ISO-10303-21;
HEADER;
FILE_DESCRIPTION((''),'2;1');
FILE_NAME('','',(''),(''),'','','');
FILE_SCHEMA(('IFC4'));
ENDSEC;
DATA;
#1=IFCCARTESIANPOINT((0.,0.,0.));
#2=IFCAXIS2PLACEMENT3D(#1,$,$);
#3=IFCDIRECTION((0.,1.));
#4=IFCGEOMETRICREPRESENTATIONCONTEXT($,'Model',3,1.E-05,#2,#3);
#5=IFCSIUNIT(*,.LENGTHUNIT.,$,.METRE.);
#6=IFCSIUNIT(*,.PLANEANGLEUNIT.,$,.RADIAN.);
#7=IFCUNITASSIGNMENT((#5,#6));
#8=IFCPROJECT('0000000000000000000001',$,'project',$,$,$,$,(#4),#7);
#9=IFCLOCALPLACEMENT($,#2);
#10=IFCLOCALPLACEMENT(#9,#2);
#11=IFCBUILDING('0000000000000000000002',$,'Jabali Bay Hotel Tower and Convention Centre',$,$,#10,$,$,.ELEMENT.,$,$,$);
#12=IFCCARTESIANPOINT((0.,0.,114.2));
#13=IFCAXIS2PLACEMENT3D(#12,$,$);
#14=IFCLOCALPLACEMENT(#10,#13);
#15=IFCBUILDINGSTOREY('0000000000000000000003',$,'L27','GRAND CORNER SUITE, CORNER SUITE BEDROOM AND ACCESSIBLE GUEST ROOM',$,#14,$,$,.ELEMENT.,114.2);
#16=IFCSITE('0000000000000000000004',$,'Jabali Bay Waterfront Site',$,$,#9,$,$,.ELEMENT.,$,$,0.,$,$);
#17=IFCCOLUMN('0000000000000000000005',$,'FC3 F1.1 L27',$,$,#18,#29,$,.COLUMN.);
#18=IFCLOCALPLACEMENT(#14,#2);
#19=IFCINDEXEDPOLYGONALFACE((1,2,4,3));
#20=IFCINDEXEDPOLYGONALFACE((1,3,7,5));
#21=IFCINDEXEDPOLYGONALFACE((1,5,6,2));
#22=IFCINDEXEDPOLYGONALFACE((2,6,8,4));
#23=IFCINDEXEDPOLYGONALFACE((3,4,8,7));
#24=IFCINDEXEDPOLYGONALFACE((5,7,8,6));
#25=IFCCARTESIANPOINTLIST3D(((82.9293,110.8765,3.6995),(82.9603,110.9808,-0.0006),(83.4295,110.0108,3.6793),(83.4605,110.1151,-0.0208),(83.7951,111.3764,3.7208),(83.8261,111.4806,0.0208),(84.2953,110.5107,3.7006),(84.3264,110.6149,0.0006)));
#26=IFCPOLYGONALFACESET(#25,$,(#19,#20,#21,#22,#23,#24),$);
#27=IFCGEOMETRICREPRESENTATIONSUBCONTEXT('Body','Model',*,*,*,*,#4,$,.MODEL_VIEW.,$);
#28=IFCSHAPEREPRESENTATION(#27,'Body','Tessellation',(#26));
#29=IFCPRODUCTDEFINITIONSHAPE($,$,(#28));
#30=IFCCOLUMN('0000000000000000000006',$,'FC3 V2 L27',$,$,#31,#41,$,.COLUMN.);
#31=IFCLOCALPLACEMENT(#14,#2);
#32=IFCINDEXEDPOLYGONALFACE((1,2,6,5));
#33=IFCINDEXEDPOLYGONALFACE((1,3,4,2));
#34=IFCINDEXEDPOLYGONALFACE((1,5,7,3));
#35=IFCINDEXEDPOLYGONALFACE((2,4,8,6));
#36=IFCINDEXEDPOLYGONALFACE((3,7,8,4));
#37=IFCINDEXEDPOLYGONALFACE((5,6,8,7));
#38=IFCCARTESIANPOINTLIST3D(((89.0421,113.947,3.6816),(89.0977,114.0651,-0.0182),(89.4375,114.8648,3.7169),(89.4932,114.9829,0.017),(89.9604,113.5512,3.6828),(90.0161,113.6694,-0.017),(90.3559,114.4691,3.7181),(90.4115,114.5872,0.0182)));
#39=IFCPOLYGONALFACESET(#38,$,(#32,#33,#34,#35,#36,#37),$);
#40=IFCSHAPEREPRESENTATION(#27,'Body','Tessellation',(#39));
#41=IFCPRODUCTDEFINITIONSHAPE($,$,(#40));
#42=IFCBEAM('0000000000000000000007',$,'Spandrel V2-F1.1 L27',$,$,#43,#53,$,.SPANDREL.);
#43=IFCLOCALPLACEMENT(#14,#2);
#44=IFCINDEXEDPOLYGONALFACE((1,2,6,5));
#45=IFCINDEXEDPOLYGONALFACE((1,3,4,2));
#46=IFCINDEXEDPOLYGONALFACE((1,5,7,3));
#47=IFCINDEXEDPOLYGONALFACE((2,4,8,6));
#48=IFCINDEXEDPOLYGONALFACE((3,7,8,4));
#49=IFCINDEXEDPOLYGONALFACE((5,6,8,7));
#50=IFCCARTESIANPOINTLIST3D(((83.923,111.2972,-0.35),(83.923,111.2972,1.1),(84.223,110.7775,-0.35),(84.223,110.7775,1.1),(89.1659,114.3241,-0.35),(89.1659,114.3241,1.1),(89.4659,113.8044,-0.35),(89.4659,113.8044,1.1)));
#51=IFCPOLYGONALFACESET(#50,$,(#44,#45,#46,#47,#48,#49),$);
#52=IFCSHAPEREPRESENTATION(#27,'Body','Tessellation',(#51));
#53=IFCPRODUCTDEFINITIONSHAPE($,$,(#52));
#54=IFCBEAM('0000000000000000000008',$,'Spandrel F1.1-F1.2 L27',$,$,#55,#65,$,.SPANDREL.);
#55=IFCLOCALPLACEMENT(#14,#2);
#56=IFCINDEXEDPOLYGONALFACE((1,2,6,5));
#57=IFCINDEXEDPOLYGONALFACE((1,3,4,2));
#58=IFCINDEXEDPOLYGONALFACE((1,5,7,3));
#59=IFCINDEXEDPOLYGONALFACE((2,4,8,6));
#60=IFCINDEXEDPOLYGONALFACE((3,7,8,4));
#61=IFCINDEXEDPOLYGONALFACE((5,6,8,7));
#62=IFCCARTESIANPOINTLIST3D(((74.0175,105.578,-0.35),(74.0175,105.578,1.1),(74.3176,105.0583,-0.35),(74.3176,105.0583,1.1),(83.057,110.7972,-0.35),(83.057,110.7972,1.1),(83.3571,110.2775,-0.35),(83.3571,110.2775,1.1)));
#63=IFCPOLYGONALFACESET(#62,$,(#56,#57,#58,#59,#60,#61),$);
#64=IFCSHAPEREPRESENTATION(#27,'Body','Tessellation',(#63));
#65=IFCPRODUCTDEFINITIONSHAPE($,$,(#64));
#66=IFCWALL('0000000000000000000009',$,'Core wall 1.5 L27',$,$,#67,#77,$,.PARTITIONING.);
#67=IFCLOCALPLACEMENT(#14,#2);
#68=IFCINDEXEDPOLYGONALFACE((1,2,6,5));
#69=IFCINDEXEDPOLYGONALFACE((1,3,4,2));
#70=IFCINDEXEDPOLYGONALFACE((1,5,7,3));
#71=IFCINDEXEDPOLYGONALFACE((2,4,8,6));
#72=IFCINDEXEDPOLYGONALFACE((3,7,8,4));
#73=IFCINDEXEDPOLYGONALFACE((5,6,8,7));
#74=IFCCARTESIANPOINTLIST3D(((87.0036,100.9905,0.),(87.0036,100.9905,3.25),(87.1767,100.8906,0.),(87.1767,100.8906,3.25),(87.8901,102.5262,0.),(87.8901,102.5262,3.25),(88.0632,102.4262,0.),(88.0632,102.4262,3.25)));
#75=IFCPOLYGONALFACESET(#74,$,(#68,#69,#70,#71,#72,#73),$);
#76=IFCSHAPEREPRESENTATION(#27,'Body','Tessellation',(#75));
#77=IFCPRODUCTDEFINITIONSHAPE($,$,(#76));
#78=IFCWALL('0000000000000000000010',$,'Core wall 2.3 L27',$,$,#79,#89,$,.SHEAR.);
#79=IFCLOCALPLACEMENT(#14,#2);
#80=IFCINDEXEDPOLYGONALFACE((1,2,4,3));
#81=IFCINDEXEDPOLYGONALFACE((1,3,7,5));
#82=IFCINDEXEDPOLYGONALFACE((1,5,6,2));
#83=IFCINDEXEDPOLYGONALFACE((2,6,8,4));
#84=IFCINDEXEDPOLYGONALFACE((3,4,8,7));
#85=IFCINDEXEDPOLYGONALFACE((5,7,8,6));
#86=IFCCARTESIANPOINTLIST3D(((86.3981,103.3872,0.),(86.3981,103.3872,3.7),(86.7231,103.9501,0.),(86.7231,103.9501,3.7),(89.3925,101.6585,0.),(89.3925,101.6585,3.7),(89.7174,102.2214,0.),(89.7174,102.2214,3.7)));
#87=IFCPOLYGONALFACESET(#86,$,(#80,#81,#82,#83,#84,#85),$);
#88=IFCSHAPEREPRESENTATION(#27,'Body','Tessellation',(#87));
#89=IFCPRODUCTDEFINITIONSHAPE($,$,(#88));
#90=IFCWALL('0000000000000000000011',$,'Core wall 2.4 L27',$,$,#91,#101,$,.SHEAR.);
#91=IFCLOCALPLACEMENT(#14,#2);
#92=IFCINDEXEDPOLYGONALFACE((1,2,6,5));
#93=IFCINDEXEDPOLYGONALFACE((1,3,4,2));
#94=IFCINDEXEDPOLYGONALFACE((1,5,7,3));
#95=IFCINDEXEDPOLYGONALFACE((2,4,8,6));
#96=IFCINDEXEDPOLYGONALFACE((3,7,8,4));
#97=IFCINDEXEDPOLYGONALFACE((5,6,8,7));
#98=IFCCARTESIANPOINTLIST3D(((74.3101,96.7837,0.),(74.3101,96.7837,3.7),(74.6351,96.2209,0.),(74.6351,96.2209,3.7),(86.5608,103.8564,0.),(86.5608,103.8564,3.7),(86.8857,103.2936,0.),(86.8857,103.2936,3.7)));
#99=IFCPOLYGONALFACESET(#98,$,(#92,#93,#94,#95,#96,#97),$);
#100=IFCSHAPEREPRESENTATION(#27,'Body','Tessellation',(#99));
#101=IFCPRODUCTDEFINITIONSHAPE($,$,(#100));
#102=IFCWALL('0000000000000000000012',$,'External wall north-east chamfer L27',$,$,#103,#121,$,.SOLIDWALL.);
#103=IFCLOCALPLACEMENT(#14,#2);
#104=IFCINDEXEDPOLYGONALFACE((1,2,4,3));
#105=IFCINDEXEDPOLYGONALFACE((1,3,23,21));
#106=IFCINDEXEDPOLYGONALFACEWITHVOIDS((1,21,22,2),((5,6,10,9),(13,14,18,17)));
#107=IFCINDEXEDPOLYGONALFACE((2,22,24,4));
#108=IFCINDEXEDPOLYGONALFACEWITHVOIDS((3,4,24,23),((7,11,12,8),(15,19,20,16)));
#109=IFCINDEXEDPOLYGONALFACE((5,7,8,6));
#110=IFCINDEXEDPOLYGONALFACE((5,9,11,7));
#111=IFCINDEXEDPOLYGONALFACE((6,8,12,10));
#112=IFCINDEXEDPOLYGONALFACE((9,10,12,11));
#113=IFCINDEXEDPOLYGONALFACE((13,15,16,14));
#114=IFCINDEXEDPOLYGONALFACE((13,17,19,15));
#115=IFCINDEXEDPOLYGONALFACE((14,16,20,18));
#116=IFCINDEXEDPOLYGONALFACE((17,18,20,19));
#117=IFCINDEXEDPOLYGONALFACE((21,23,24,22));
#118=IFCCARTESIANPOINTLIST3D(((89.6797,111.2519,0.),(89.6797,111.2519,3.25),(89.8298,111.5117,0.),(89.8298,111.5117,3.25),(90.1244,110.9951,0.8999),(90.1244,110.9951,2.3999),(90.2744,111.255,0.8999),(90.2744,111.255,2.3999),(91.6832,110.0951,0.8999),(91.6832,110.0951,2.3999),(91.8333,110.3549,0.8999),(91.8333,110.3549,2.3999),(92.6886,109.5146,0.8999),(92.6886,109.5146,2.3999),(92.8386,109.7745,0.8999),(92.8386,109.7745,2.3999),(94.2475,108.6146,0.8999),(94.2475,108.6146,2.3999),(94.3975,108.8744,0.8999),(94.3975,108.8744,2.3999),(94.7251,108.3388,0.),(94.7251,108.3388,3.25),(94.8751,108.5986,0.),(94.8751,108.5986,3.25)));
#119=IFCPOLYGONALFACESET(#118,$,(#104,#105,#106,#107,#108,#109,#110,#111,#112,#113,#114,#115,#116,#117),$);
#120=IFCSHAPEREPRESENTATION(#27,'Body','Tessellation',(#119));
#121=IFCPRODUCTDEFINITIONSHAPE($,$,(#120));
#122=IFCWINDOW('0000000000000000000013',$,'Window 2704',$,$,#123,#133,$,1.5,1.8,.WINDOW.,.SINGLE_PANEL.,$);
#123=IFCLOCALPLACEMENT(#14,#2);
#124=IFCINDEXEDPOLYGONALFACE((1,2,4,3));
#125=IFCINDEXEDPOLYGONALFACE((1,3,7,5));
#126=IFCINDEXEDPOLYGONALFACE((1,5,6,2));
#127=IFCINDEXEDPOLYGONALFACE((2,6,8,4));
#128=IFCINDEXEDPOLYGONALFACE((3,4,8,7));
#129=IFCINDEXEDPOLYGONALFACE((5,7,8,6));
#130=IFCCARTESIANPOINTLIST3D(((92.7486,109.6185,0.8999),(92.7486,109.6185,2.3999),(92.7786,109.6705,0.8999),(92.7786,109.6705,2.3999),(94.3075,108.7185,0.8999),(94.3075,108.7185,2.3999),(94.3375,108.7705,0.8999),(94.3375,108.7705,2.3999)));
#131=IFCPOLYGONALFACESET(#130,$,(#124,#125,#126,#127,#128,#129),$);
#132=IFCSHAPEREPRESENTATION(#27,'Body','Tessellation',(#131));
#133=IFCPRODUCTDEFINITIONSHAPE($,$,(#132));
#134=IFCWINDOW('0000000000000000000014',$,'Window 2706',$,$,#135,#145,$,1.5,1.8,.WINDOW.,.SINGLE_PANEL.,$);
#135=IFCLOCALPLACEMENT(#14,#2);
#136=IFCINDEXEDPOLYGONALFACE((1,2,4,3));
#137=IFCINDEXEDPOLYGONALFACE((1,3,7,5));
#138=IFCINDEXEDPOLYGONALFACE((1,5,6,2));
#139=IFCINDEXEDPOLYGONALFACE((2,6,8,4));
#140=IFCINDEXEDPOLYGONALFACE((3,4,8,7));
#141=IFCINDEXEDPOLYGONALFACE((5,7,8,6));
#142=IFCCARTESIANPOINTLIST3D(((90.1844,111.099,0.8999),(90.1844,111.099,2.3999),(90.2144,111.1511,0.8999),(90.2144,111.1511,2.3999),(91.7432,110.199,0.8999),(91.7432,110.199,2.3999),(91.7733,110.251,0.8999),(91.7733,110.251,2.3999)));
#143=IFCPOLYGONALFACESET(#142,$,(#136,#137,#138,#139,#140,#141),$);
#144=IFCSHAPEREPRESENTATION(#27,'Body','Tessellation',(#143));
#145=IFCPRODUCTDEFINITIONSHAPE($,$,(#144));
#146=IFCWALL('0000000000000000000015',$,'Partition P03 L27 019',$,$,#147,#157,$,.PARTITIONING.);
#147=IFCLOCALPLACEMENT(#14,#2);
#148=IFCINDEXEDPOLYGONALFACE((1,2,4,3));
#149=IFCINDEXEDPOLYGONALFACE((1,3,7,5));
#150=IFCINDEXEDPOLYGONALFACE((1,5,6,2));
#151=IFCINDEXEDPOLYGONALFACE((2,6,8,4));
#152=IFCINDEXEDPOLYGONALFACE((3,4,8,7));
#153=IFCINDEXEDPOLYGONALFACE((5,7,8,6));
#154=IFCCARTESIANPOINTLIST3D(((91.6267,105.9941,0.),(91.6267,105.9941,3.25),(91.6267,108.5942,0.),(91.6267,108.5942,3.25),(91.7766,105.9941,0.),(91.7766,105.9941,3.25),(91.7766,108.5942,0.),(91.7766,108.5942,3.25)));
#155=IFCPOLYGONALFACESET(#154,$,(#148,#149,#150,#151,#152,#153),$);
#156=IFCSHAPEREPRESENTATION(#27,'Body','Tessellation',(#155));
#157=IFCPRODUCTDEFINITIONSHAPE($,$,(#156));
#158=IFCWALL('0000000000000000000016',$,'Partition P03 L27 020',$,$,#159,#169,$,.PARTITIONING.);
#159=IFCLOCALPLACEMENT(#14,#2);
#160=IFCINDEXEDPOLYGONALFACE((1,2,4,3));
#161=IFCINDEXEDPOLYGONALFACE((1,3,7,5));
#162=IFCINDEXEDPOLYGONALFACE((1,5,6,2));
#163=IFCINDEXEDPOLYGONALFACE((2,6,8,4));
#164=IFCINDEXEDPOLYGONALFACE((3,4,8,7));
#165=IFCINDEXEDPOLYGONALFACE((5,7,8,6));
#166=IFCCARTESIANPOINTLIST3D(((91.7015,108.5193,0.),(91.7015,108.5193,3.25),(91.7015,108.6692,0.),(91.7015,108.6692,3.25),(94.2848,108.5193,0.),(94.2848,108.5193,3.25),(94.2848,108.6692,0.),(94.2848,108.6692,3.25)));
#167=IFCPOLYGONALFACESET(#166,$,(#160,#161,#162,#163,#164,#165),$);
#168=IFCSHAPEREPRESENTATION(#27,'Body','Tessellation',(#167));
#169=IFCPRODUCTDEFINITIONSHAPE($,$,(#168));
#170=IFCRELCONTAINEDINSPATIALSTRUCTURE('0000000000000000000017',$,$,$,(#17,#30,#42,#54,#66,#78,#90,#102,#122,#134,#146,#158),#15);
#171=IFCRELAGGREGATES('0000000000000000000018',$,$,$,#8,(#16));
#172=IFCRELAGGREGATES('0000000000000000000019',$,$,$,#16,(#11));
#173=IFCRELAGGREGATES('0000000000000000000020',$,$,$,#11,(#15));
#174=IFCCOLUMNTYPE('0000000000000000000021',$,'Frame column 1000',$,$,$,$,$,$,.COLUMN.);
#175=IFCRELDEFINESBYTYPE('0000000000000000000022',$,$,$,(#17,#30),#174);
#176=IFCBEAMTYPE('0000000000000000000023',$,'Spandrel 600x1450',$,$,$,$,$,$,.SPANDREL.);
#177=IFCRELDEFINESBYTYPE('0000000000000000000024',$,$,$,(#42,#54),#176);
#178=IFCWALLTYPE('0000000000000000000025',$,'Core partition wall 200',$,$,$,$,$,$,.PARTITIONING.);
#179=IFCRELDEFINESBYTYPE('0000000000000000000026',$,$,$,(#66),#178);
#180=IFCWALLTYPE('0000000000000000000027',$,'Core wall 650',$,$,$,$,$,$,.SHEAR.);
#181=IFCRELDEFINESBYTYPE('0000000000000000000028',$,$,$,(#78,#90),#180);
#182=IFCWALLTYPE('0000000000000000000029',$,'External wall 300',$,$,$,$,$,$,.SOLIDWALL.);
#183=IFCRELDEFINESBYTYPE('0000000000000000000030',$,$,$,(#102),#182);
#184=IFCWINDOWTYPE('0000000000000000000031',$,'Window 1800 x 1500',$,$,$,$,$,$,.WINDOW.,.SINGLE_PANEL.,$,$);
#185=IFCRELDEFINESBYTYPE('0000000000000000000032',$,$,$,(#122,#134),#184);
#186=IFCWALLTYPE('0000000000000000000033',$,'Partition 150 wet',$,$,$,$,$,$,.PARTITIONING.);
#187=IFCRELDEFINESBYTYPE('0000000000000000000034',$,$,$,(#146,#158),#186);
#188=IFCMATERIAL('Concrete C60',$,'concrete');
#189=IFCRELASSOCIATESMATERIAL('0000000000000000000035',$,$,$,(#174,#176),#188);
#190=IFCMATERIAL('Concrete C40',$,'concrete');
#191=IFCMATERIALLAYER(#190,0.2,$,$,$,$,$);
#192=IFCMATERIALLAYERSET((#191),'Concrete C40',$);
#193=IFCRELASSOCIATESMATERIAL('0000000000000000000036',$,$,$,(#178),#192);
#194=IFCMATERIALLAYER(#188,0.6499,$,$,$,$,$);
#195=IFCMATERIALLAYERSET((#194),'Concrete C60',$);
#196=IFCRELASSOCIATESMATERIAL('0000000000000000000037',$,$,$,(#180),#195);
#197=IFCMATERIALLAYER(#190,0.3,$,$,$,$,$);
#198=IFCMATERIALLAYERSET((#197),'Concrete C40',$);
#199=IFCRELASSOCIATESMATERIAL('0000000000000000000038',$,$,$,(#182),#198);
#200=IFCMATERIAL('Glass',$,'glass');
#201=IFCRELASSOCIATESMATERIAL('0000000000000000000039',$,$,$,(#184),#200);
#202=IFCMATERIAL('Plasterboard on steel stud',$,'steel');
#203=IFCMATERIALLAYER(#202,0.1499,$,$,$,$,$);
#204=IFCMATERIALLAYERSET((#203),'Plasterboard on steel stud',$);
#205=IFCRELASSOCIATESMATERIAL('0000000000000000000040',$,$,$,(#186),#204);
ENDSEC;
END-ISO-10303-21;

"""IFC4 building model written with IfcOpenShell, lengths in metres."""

from ifc_helpers import new_model, si_unit, direction, frame, frame_2d, origin, origin_2d, place, context, subcontext, project, spatial, rectangle, extrude, material, layer, layer_set, material_profile, profile_set, type_object, element, fill, save


model = new_model("IFC4")

# Units and contexts
model_context = context("Model", 3, precision=1e-05, world=origin(), true_north=direction((0.0, 1.0)))
body_context = subcontext(model_context, "Body", "Model", "MODEL_VIEW")
ifc_project = project(units=[si_unit("LENGTHUNIT", "METRE"), si_unit("PLANEANGLEUNIT", "RADIAN")], contexts=[model_context])

# Site, building, storey
site_placement = place(None, origin())
site = spatial("IfcSite", under=ifc_project, at=site_placement, Name="Jabali Bay Waterfront Site", CompositionType="ELEMENT", RefElevation=0.0)
building_placement = place(site_placement, origin())
building = spatial("IfcBuilding", under=site, at=building_placement, Name="Jabali Bay Hotel Tower and Convention Centre", CompositionType="ELEMENT")
storey_placement = place(building_placement, frame((0.0, 0.0, 114.2)))
storey = spatial("IfcBuildingStorey", under=building, at=storey_placement, Name="L27", Description="GRAND CORNER SUITE, CORNER SUITE BEDROOM AND ACCESSIBLE GUEST ROOM", CompositionType="ELEMENT", Elevation=114.2)

# Columns
ifc_material_1 = material(Name="Concrete C60", Category="concrete")
ifc_material_profile_1 = material_profile(ifc_material_1, rectangle(XDim=1.0, YDim=1.0, at=origin_2d()), Name="Frame column 1000")
ifc_profile_set_1 = profile_set([ifc_material_profile_1], Name="Concrete C60")
column_type = type_object("IfcColumnType", Name="Frame column 1000", PredefinedType="COLUMN", material=ifc_profile_set_1)
column_1_placement = place(storey_placement, frame((83.6433, 110.7979, 0.0), z_axis=(-0.008376, -0.028163, 0.999568), x_axis=(0.865851, 0.499847, 0.021339)))
element("IfcColumn", 1, at=column_1_placement, inside=storey, type_object=column_type, Name="FC3 F1.1 L27", PredefinedType="COLUMN", context=body_context, shape_type="SweptSolid", body=[
    extrude(rectangle(XDim=1.0, YDim=1.0, at=origin_2d()), origin(), (0.0, 0.0, 1.0), 3.7017),
])
column_2_placement = place(storey_placement, frame((89.7546, 114.3262, 0.0), z_axis=(-0.015035, -0.031917, 0.999377), x_axis=(0.918371, -0.395719, 0.001179)))
element("IfcColumn", 2, at=column_2_placement, inside=storey, type_object=column_type, Name="FC3 V2 L27", PredefinedType="COLUMN", context=body_context, shape_type="SweptSolid", body=[
    extrude(rectangle(XDim=1.0, YDim=1.0, at=origin_2d()), origin(), (0.0, 0.0, 1.0), 3.7021),
])

# Beams
ifc_material_profile_2 = material_profile(ifc_material_1, rectangle(XDim=0.6001, YDim=1.45, at=origin_2d()), Name="Spandrel 600x1450")
ifc_profile_set_2 = profile_set([ifc_material_profile_2], Name="Concrete C60")
beam_type = type_object("IfcBeamType", Name="Spandrel 600x1450", PredefinedType="SPANDREL", material=ifc_profile_set_2)
beam_1_placement = place(storey_placement, frame((89.3159, 114.0642, 0.375), z_axis=(-0.866036, -0.499982, 0.0), x_axis=(0.499982, -0.866036, 0.0)))
element("IfcBeam", 3, at=beam_1_placement, inside=storey, type_object=beam_type, Name="Spandrel V2-F1.1 L27", PredefinedType="SPANDREL", context=body_context, shape_type="SweptSolid", body=[
    extrude(rectangle(XDim=0.6001, YDim=1.45, at=origin_2d()), origin(), (0.0, 0.0, 1.0), 6.054),
])
beam_2_placement = place(storey_placement, frame((83.207, 110.5374, 0.375), z_axis=(-0.866015, -0.500018, 0.0), x_axis=(0.500018, -0.866015, 0.0)))
element("IfcBeam", 4, at=beam_2_placement, inside=storey, type_object=beam_type, Name="Spandrel F1.1-F1.2 L27", PredefinedType="SPANDREL", context=body_context, shape_type="SweptSolid", body=[
    extrude(rectangle(XDim=0.6001, YDim=1.45, at=origin_2d()), origin(), (0.0, 0.0, 1.0), 10.438),
])

# Walls
ifc_material_2 = material(Name="Concrete C40", Category="concrete")
ifc_layer_1 = layer(ifc_material_2, 0.2)
ifc_layer_set_1 = layer_set([ifc_layer_1], Name="Concrete C40")
wall_type_1 = type_object("IfcWallType", Name="Core partition wall 200", PredefinedType="PARTITIONING", material=ifc_layer_set_1)
wall_1_placement = place(storey_placement, frame((87.0901, 100.9404, 0.0), z_axis=(0.0, 0.0, 1.0), x_axis=(0.499945, 0.866057, 0.0)))
element("IfcWall", 5, at=wall_1_placement, inside=storey, type_object=wall_type_1, Name="Core wall 1.5 L27", PredefinedType="PARTITIONING", context=body_context, shape_type="SweptSolid", body=[
    extrude(rectangle(XDim=1.7732, YDim=0.2, at=frame_2d((0.8867, 0.0))), origin(), (0.0, 0.0, 1.0), 3.25),
])
ifc_layer_2 = layer(ifc_material_1, 0.6499)
ifc_layer_set_2 = layer_set([ifc_layer_2], Name="Concrete C60")
wall_type_2 = type_object("IfcWallType", Name="Core wall 650", PredefinedType="SHEAR", material=ifc_layer_set_2)
wall_2_placement = place(storey_placement, frame((89.5549, 101.9399, 0.0), z_axis=(0.0, 0.0, 1.0), x_axis=(-0.866032, 0.499989, 0.0)))
element("IfcWall", 6, at=wall_2_placement, inside=storey, type_object=wall_type_2, Name="Core wall 2.3 L27", PredefinedType="SHEAR", context=body_context, shape_type="SweptSolid", body=[
    extrude(rectangle(XDim=3.4575, YDim=0.6499, at=frame_2d((1.7288, 0.0))), origin(), (0.0, 0.0, 1.0), 3.7),
])
wall_3_placement = place(storey_placement, frame((86.7231, 103.575, 0.0), z_axis=(0.0, 0.0, 1.0), x_axis=(-0.866032, -0.499989, 0.0)))
element("IfcWall", 7, at=wall_3_placement, inside=storey, type_object=wall_type_2, Name="Core wall 2.4 L27", PredefinedType="SHEAR", context=body_context, shape_type="SweptSolid", body=[
    extrude(rectangle(XDim=14.1458, YDim=0.6499, at=frame_2d((7.0728, 0.0))), origin(), (0.0, 0.0, 1.0), 3.7),
])

# Wall, openings, windows
ifc_layer_3 = layer(ifc_material_2, 0.3)
ifc_layer_set_3 = layer_set([ifc_layer_3], Name="Concrete C40")
wall_type_3 = type_object("IfcWallType", Name="External wall 300", PredefinedType="SOLIDWALL", material=ifc_layer_set_3)
wall_4_placement = place(storey_placement, frame((89.7546, 111.3818, 0.0), z_axis=(0.0, 0.0, 1.0), x_axis=(0.866017, -0.500015, 0.0)))
wall_4 = element("IfcWall", 8, at=wall_4_placement, inside=storey, type_object=wall_type_3, Name="External wall north-east chamfer L27", PredefinedType="SOLIDWALL", context=body_context, shape_type="SweptSolid", body=[
    extrude(rectangle(XDim=5.8259, YDim=0.3, at=frame_2d((2.9131, 0.0))), origin(), (0.0, 0.0, 1.0), 3.25),
])
opening_1_placement = place(wall_4_placement, frame((3.4746, 0.0, 0.8999)))
opening_1 = element("IfcOpeningElement", 9, at=opening_1_placement, cuts=wall_4, PredefinedType="OPENING", context=body_context, shape_type="SweptSolid", body=[
    extrude(rectangle(XDim=1.8, YDim=1.5, at=frame_2d((0.8999, 0.75))), frame((0.0, 0.1606, 0.0), z_axis=(0.0, -1.0, 0.0), x_axis=(1.0, 0.0, 0.0)), (0.0, 0.0, 1.0), 0.321),
])
opening_2_placement = place(wall_4_placement, frame((0.5137, 0.0, 0.8999)))
opening_2 = element("IfcOpeningElement", 10, at=opening_2_placement, cuts=wall_4, PredefinedType="OPENING", context=body_context, shape_type="SweptSolid", body=[
    extrude(rectangle(XDim=1.8, YDim=1.5, at=frame_2d((0.8999, 0.75))), frame((0.0, 0.1606, 0.0), z_axis=(0.0, -1.0, 0.0), x_axis=(1.0, 0.0, 0.0)), (0.0, 0.0, 1.0), 0.321),
])
ifc_material_3 = material(Name="Glass", Category="glass")
window_type = type_object("IfcWindowType", Name="Window 1800 x 1500", PartitioningType="SINGLE_PANEL", PredefinedType="WINDOW", material=ifc_material_3)
window_1_placement = place(opening_1_placement, origin())
window_1 = element("IfcWindow", 11, at=window_1_placement, inside=storey, type_object=window_type, Name="Window 2704", OverallHeight=1.5, OverallWidth=1.8, PartitioningType="SINGLE_PANEL", PredefinedType="WINDOW", context=body_context, shape_type="SweptSolid", body=[
    extrude(rectangle(XDim=1.8, YDim=1.5, at=frame_2d((0.8999, 0.75))), frame((0.0, 0.03, 0.0), z_axis=(0.0, -1.0, 0.0), x_axis=(1.0, 0.0, 0.0)), (0.0, 0.0, 1.0), 0.0601),
])
fill(opening_1, window_1)
window_2_placement = place(opening_2_placement, origin())
window_2 = element("IfcWindow", 12, at=window_2_placement, inside=storey, type_object=window_type, Name="Window 2706", OverallHeight=1.5, OverallWidth=1.8, PartitioningType="SINGLE_PANEL", PredefinedType="WINDOW", context=body_context, shape_type="SweptSolid", body=[
    extrude(rectangle(XDim=1.8, YDim=1.5, at=frame_2d((0.8999, 0.75))), frame((0.0, 0.03, 0.0), z_axis=(0.0, -1.0, 0.0), x_axis=(1.0, 0.0, 0.0)), (0.0, 0.0, 1.0), 0.0601),
])
fill(opening_2, window_2)

# Walls
ifc_material_4 = material(Name="Plasterboard on steel stud", Category="steel")
ifc_layer_4 = layer(ifc_material_4, 0.1499)
ifc_layer_set_4 = layer_set([ifc_layer_4], Name="Plasterboard on steel stud")
wall_type_4 = type_object("IfcWallType", Name="Partition 150 wet", PredefinedType="PARTITIONING", material=ifc_layer_set_4)
wall_5_placement = place(storey_placement, frame((91.7017, 105.9941, 0.0), z_axis=(0.0, 0.0, 1.0), x_axis=(0.0, 1.0, 0.0)))
element("IfcWall", 13, at=wall_5_placement, inside=storey, type_object=wall_type_4, Name="Partition P03 L27 019", PredefinedType="PARTITIONING", context=body_context, shape_type="SweptSolid", body=[
    extrude(rectangle(XDim=2.6001, YDim=0.1499, at=frame_2d((1.3, 0.0))), origin(), (0.0, 0.0, 1.0), 3.25),
])
wall_6_placement = place(storey_placement, frame((91.7017, 108.5942, 0.0), z_axis=(0.0, 0.0, 1.0), x_axis=(1.0, 0.0, 0.0)))
element("IfcWall", 14, at=wall_6_placement, inside=storey, type_object=wall_type_4, Name="Partition P03 L27 020", PredefinedType="PARTITIONING", context=body_context, shape_type="SweptSolid", body=[
    extrude(rectangle(XDim=2.5833, YDim=0.1499, at=frame_2d((1.2915, 0.0))), origin(), (0.0, 0.0, 1.0), 3.25),
])

save(model, "model.ifc")
